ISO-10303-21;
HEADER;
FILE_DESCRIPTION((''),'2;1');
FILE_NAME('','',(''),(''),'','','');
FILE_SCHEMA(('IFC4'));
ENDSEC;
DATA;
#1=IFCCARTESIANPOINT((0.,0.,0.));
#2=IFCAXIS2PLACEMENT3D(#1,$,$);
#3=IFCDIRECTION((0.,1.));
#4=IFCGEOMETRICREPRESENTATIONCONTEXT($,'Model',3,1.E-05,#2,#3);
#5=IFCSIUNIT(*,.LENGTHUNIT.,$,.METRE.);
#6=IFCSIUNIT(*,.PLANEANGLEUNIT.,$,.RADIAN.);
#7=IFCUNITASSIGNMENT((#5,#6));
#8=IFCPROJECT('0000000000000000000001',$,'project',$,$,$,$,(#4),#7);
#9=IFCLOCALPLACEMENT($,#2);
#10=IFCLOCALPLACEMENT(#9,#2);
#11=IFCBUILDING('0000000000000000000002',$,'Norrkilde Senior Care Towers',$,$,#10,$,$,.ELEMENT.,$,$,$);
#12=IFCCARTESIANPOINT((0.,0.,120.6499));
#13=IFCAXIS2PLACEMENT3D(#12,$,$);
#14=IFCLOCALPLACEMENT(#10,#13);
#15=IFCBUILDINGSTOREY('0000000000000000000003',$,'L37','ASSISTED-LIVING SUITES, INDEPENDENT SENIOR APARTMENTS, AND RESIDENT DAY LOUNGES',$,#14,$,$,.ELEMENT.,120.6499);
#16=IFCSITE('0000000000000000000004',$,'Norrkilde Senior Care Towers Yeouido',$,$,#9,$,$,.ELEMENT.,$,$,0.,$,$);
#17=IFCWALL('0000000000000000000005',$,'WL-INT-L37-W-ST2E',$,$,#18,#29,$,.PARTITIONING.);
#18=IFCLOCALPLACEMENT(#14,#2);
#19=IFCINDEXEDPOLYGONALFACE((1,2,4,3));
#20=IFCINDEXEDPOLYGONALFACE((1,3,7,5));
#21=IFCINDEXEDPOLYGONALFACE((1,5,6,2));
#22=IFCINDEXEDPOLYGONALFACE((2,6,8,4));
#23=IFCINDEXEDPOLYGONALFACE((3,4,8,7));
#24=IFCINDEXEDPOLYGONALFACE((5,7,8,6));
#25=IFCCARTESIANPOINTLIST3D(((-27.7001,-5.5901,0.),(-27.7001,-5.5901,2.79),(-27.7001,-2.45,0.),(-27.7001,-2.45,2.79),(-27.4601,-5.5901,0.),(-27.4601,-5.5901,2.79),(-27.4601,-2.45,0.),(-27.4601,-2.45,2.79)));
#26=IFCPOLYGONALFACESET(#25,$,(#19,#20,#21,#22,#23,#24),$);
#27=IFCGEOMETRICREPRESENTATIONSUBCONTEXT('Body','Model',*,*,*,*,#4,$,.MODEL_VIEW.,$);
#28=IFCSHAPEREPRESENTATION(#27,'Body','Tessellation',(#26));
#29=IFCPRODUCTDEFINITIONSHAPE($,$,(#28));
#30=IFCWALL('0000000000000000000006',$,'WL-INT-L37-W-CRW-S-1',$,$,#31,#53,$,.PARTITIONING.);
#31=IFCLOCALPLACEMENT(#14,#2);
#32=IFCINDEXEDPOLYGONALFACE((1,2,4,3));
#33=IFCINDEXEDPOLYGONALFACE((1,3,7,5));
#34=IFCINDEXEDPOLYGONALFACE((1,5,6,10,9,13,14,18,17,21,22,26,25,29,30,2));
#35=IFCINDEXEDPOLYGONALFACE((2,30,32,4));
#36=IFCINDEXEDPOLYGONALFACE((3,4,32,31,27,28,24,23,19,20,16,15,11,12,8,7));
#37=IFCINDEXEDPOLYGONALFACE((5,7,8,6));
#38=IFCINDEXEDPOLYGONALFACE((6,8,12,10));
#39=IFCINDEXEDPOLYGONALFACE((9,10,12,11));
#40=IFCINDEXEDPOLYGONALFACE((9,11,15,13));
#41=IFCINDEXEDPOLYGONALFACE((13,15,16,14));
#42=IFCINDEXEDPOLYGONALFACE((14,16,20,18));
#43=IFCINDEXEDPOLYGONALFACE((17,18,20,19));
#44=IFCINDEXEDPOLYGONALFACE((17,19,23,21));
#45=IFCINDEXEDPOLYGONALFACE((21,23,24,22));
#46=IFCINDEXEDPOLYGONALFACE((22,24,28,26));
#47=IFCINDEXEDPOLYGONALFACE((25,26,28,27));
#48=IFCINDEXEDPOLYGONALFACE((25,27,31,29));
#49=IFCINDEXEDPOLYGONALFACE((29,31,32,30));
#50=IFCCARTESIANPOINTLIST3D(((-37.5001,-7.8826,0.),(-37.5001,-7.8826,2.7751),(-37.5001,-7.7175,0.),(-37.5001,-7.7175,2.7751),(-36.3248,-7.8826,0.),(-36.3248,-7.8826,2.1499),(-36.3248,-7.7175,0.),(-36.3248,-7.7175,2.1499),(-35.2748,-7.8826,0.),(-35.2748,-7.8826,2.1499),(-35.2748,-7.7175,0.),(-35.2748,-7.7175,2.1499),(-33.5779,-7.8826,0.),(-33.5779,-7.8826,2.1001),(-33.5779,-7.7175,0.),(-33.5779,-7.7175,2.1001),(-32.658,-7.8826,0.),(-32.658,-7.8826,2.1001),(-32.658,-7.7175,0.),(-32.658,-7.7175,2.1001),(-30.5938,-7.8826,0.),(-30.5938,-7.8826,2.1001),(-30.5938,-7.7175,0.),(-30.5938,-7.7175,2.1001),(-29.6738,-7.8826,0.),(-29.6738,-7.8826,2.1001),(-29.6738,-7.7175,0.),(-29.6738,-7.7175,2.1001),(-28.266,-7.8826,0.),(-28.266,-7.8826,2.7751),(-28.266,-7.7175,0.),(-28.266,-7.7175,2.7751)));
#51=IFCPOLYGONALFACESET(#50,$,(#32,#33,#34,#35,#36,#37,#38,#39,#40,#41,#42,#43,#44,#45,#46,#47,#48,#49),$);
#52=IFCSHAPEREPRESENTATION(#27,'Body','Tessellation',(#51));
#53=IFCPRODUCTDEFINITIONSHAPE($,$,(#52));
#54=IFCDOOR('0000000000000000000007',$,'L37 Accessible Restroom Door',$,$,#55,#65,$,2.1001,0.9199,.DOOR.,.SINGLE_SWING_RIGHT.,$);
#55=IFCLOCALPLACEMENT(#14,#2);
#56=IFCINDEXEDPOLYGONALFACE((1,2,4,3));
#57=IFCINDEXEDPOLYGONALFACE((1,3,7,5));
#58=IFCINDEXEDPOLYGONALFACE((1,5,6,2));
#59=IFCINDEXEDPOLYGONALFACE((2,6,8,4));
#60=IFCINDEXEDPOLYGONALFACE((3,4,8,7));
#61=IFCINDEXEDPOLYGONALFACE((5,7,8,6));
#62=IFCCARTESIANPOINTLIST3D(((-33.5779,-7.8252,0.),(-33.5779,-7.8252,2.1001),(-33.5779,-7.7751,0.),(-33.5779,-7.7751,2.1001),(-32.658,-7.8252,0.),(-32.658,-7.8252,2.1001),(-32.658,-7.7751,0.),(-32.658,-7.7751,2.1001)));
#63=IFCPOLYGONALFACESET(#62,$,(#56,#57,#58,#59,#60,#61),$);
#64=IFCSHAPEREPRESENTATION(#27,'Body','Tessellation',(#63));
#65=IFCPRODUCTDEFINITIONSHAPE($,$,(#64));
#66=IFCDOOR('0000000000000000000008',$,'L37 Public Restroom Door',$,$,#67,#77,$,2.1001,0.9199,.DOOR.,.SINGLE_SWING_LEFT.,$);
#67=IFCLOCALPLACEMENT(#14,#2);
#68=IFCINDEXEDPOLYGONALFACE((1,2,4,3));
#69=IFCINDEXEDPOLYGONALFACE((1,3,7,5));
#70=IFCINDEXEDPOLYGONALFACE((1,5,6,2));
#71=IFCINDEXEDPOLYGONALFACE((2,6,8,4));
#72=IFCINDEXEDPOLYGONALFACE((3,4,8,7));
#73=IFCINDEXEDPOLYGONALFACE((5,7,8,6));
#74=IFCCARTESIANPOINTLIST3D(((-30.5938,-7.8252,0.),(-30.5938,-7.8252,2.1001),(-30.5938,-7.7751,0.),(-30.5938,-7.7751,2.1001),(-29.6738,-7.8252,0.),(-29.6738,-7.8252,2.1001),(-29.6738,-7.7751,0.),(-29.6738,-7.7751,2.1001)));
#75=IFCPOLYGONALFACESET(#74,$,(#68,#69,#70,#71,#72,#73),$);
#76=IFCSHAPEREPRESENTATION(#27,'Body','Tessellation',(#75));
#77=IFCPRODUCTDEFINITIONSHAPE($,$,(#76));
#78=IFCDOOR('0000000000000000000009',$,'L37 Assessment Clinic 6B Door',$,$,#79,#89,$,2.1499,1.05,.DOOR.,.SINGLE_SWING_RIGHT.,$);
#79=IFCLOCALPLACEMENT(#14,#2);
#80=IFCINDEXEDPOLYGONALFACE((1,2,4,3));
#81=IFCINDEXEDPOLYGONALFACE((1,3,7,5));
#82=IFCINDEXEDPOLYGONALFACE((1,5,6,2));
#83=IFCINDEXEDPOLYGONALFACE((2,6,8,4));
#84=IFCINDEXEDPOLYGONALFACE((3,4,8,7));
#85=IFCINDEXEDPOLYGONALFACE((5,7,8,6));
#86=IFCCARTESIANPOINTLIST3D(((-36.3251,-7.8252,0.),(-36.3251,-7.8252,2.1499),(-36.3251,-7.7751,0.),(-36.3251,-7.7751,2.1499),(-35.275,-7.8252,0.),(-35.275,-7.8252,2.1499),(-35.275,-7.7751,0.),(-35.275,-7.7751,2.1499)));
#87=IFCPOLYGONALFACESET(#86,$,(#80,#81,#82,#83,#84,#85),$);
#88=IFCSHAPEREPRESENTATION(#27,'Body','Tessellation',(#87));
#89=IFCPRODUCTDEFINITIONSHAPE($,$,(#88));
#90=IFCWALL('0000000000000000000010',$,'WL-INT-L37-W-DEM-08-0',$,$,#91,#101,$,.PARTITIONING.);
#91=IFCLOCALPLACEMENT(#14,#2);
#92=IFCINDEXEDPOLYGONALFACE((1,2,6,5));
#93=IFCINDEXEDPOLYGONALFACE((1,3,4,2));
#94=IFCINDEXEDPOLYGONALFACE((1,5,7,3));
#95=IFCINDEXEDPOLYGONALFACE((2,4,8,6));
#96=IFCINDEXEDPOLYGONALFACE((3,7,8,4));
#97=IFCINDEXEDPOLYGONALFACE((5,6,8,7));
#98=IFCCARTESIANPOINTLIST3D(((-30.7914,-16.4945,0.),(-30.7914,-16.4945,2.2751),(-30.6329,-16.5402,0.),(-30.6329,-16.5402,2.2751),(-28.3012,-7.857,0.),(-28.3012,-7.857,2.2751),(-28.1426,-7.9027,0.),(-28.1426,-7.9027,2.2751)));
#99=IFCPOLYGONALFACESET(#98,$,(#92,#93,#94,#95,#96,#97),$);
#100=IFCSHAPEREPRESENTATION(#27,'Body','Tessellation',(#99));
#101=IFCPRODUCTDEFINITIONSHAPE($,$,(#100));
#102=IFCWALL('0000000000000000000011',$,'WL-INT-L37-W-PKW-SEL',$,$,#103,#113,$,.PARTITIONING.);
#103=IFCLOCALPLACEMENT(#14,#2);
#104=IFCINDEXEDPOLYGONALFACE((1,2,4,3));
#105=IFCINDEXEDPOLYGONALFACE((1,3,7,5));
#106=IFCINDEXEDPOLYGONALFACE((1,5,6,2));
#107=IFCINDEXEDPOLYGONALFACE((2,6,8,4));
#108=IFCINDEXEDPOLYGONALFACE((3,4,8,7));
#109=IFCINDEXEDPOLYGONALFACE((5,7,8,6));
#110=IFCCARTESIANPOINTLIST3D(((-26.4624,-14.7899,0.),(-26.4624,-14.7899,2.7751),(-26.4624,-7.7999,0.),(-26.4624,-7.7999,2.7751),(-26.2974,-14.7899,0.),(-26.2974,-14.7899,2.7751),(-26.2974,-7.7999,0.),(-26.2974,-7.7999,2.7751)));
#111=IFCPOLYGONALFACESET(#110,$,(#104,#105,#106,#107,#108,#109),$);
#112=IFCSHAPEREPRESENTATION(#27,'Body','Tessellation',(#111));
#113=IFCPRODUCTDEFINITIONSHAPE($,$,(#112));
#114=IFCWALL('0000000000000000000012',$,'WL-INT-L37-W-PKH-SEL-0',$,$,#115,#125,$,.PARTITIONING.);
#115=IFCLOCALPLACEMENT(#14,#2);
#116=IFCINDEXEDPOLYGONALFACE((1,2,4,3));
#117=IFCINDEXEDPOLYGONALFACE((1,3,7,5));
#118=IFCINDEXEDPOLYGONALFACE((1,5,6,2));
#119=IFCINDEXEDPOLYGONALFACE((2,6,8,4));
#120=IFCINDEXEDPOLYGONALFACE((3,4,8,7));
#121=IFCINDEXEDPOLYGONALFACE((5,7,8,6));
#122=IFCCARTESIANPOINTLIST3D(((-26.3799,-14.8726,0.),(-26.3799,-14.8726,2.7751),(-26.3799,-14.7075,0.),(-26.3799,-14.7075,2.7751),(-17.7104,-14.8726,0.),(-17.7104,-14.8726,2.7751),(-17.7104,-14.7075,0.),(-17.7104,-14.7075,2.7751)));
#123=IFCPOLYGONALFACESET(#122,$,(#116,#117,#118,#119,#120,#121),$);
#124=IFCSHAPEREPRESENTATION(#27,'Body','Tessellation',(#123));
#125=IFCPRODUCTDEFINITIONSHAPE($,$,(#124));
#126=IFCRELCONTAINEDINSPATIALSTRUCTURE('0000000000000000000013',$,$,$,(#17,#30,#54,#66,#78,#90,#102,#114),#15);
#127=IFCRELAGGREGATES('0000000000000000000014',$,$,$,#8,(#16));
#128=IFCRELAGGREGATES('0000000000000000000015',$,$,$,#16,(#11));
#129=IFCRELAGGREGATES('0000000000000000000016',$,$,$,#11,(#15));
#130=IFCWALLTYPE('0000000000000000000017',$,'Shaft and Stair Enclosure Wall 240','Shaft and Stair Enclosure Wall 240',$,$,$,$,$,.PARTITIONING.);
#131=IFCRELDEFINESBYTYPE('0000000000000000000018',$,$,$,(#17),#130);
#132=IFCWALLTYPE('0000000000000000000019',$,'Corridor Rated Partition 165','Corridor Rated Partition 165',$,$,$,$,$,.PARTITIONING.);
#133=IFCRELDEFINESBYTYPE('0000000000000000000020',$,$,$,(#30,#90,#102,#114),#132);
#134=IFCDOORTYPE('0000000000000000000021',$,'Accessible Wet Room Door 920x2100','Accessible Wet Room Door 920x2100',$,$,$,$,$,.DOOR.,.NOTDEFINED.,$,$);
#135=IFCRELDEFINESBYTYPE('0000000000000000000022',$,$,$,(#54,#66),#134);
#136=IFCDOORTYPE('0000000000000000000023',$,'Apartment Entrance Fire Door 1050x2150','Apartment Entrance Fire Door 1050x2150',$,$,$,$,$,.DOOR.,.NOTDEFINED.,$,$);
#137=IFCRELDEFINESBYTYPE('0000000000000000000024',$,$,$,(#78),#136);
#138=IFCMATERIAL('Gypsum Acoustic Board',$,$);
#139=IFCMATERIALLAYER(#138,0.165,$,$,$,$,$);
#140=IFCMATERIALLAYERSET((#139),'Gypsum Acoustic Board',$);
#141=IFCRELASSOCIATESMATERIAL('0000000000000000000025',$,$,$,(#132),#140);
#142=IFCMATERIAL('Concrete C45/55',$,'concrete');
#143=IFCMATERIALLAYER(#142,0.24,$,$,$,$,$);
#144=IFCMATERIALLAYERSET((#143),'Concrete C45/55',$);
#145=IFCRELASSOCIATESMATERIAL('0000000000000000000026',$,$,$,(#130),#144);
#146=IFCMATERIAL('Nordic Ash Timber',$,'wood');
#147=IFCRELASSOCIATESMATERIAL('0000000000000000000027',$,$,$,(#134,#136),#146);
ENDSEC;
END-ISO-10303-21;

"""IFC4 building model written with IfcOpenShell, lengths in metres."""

from ifc_helpers import new_model, si_unit, direction, frame, frame_2d, origin, place, context, subcontext, project, spatial, rectangle, extrude, source, transform, mapped, material, layer, layer_set, type_object, type_shapes, element, fill, save


model = new_model("IFC4")

# Units and contexts
model_context = context("Model", 3, precision=1e-05, world=origin(), true_north=direction((0.0, 1.0)))
body_context = subcontext(model_context, "Body", "Model", "MODEL_VIEW")
ifc_project = project(units=[si_unit("LENGTHUNIT", "METRE"), si_unit("PLANEANGLEUNIT", "RADIAN")], contexts=[model_context])

# Site, building, storey
site_placement = place(None, origin())
site = spatial("IfcSite", under=ifc_project, at=site_placement, Name="Norrkilde Senior Care Towers Yeouido", CompositionType="ELEMENT", RefElevation=0.0)
building_placement = place(site_placement, origin())
building = spatial("IfcBuilding", under=site, at=building_placement, Name="Norrkilde Senior Care Towers", CompositionType="ELEMENT")
storey_placement = place(building_placement, frame((0.0, 0.0, 120.6499)))
storey = spatial("IfcBuildingStorey", under=building, at=storey_placement, Name="L37", Description="ASSISTED-LIVING SUITES, INDEPENDENT SENIOR APARTMENTS, AND RESIDENT DAY LOUNGES", CompositionType="ELEMENT", Elevation=120.6499)

# Shared definitions
ifc_material_1 = material(Name="Concrete C45/55", Category="concrete")

# Shared definitions
ifc_material_2 = material(Name="Gypsum Acoustic Board")
ifc_layer_1 = layer(ifc_material_2, 0.165)
ifc_layer_set_1 = layer_set([ifc_layer_1], Name="Gypsum Acoustic Board")
wall_type_1 = type_object("IfcWallType", Name="Corridor Rated Partition 165", Description="Corridor Rated Partition 165", PredefinedType="PARTITIONING", material=ifc_layer_set_1)

# Wall
ifc_layer_2 = layer(ifc_material_1, 0.24)
ifc_layer_set_2 = layer_set([ifc_layer_2], Name="Concrete C45/55")
wall_type_2 = type_object("IfcWallType", Name="Shaft and Stair Enclosure Wall 240", Description="Shaft and Stair Enclosure Wall 240", PredefinedType="PARTITIONING", material=ifc_layer_set_2)
shared_shape_1 = source(origin(), body_context, "Body", "SweptSolid", [
    extrude(rectangle(XDim=3.1401, YDim=0.24, at=frame_2d((1.5701, 0.0))), origin(), (0.0, 0.0, 1.0), 2.79),
])
type_shapes(wall_type_2, [shared_shape_1])
wall_1_placement = place(storey_placement, frame((-27.5801, -5.5901, 0.0), z_axis=(0.0, 0.0, 1.0), x_axis=(0.0, 1.0, 0.0)))
element("IfcWall", 1, at=wall_1_placement, inside=storey, type_object=wall_type_2, Name="WL-INT-L37-W-ST2E", PredefinedType="PARTITIONING", context=body_context, shape_type="MappedRepresentation", body=[
    mapped(shared_shape_1, transform((0.0, 0.0, 0.0), x_axis=(1.0, 0.0, 0.0), y_axis=(0.0, 1.0, 0.0), z_axis=(0.0, 0.0, 1.0), scale=1.0)),
])

# Wall, openings, doors
shared_shape_2 = source(origin(), body_context, "Body", "SweptSolid", [
    extrude(rectangle(XDim=9.2341, YDim=0.165, at=frame_2d((4.6172, 0.0))), origin(), (0.0, 0.0, 1.0), 2.7751),
])
wall_2_placement = place(storey_placement, frame((-28.2659, -7.8, 0.0), z_axis=(0.0, 0.0, 1.0), x_axis=(-1.0, 0.0, 0.0)))
wall_2 = element("IfcWall", 2, at=wall_2_placement, inside=storey, type_object=wall_type_1, Name="WL-INT-L37-W-CRW-S-1", PredefinedType="PARTITIONING", context=body_context, shape_type="MappedRepresentation", body=[
    mapped(shared_shape_2, transform((0.0, 0.0, 0.0), x_axis=(1.0, 0.0, 0.0), y_axis=(0.0, 1.0, 0.0), z_axis=(0.0, 0.0, 1.0), scale=1.0)),
])
opening_1_placement = place(wall_2_placement, frame((7.009, 0.0, 0.0)))
opening_1 = element("IfcOpeningElement", 3, at=opening_1_placement, cuts=wall_2, PredefinedType="OPENING", context=body_context, shape_type="SweptSolid", body=[
    extrude(rectangle(XDim=1.05, YDim=2.1499, at=frame_2d((0.5249, 1.075))), frame((0.0, 0.0925, 0.0), z_axis=(0.0, -1.0, 0.0), x_axis=(1.0, 0.0, 0.0)), (0.0, 0.0, 1.0), 0.1851),
])
opening_2_placement = place(wall_2_placement, frame((4.3921, 0.0, 0.0)))
opening_2 = element("IfcOpeningElement", 4, at=opening_2_placement, cuts=wall_2, PredefinedType="OPENING", context=body_context, shape_type="SweptSolid", body=[
    extrude(rectangle(XDim=0.9199, YDim=2.1001, at=frame_2d((0.46, 1.05))), frame((0.0, 0.0925, 0.0), z_axis=(0.0, -1.0, 0.0), x_axis=(1.0, 0.0, 0.0)), (0.0, 0.0, 1.0), 0.1851),
])
opening_3_placement = place(wall_2_placement, frame((1.408, 0.0, 0.0)))
opening_3 = element("IfcOpeningElement", 5, at=opening_3_placement, cuts=wall_2, PredefinedType="OPENING", context=body_context, shape_type="SweptSolid", body=[
    extrude(rectangle(XDim=0.9199, YDim=2.1001, at=frame_2d((0.46, 1.05))), frame((0.0, 0.0925, 0.0), z_axis=(0.0, -1.0, 0.0), x_axis=(1.0, 0.0, 0.0)), (0.0, 0.0, 1.0), 0.1851),
])
ifc_material_3 = material(Name="Nordic Ash Timber", Category="wood")
door_type_1 = type_object("IfcDoorType", Name="Accessible Wet Room Door 920x2100", Description="Accessible Wet Room Door 920x2100", OperationType="NOTDEFINED", PredefinedType="DOOR", material=ifc_material_3)
shared_shape_3 = source(origin(), body_context, "Body", "SweptSolid", [
    extrude(rectangle(XDim=0.9199, YDim=2.1001, at=frame_2d((0.46, 1.05))), frame((0.0, 0.0249, 0.0), z_axis=(0.0, -1.0, 0.0), x_axis=(1.0, 0.0, 0.0)), (0.0, 0.0, 1.0), 0.05),
])
type_shapes(door_type_1, [shared_shape_3])
door_1_placement = place(opening_2_placement, frame((0.9199, 0.0, 0.0), z_axis=(0.0, 0.0, 1.0), x_axis=(-1.0, 0.0, 0.0)))
door_1 = element("IfcDoor", 6, at=door_1_placement, inside=storey, type_object=door_type_1, Name="L37 Accessible Restroom Door", OperationType="SINGLE_SWING_RIGHT", OverallHeight=2.1001, OverallWidth=0.9199, PredefinedType="DOOR", context=body_context, shape_type="MappedRepresentation", body=[
    mapped(shared_shape_3, transform((0.0, 0.0, 0.0), x_axis=(1.0, 0.0, 0.0), y_axis=(0.0, 1.0, 0.0), z_axis=(0.0, 0.0, 1.0), scale=1.0)),
])
fill(opening_2, door_1)
door_2_placement = place(opening_3_placement, frame((0.9199, 0.0, 0.0), z_axis=(0.0, 0.0, 1.0), x_axis=(-1.0, 0.0, 0.0)))
door_2 = element("IfcDoor", 7, at=door_2_placement, inside=storey, type_object=door_type_1, Name="L37 Public Restroom Door", OperationType="SINGLE_SWING_LEFT", OverallHeight=2.1001, OverallWidth=0.9199, PredefinedType="DOOR", context=body_context, shape_type="MappedRepresentation", body=[
    mapped(shared_shape_3, transform((0.0, 0.0, 0.0), x_axis=(1.0, 0.0, 0.0), y_axis=(0.0, 1.0, 0.0), z_axis=(0.0, 0.0, 1.0), scale=1.0)),
])
fill(opening_3, door_2)
door_type_2 = type_object("IfcDoorType", Name="Apartment Entrance Fire Door 1050x2150", Description="Apartment Entrance Fire Door 1050x2150", OperationType="NOTDEFINED", PredefinedType="DOOR", material=ifc_material_3)
shared_shape_4 = source(origin(), body_context, "Body", "SweptSolid", [
    extrude(rectangle(XDim=1.05, YDim=2.1499, at=frame_2d((0.5249, 1.075))), frame((0.0, 0.0249, 0.0), z_axis=(0.0, -1.0, 0.0), x_axis=(1.0, 0.0, 0.0)), (0.0, 0.0, 1.0), 0.05),
])
type_shapes(door_type_2, [shared_shape_4])
door_3_placement = place(opening_1_placement, frame((1.05, 0.0, 0.0), z_axis=(0.0, 0.0, 1.0), x_axis=(-1.0, 0.0, 0.0)))
door_3 = element("IfcDoor", 8, at=door_3_placement, inside=storey, type_object=door_type_2, Name="L37 Assessment Clinic 6B Door", OperationType="SINGLE_SWING_RIGHT", OverallHeight=2.1499, OverallWidth=1.05, PredefinedType="DOOR", context=body_context, shape_type="MappedRepresentation", body=[
    mapped(shared_shape_4, transform((0.0, 0.0, 0.0), x_axis=(1.0, 0.0, 0.0), y_axis=(0.0, 1.0, 0.0), z_axis=(0.0, 0.0, 1.0), scale=1.0)),
])
fill(opening_1, door_3)

# Walls
shared_shape_5 = source(origin(), body_context, "Body", "SweptSolid", [
    extrude(rectangle(XDim=8.9893, YDim=0.165, at=frame_2d((4.4946, 0.0))), origin(), (0.0, 0.0, 1.0), 2.2751),
])
wall_3_placement = place(storey_placement, frame((-28.2219, -7.8799, 0.0), z_axis=(0.0, 0.0, 1.0), x_axis=(-0.277023, -0.960863, 0.0)))
element("IfcWall", 9, at=wall_3_placement, inside=storey, type_object=wall_type_1, Name="WL-INT-L37-W-DEM-08-0", PredefinedType="PARTITIONING", context=body_context, shape_type="MappedRepresentation", body=[
    mapped(shared_shape_5, transform((0.0, 0.0, 0.0), x_axis=(1.0, 0.0, 0.0), y_axis=(0.0, 1.0, 0.0), z_axis=(0.0, 0.0, 1.0), scale=1.0)),
])
shared_shape_6 = source(origin(), body_context, "Body", "SweptSolid", [
    extrude(rectangle(XDim=6.99, YDim=0.165, at=frame_2d((3.4951, 0.0))), origin(), (0.0, 0.0, 1.0), 2.7751),
])
wall_4_placement = place(storey_placement, frame((-26.3799, -14.79, 0.0), z_axis=(0.0, 0.0, 1.0), x_axis=(0.0, 1.0, 0.0)))
element("IfcWall", 10, at=wall_4_placement, inside=storey, type_object=wall_type_1, Name="WL-INT-L37-W-PKW-SEL", PredefinedType="PARTITIONING", context=body_context, shape_type="MappedRepresentation", body=[
    mapped(shared_shape_6, transform((0.0, 0.0, 0.0), x_axis=(1.0, 0.0, 0.0), y_axis=(0.0, 1.0, 0.0), z_axis=(0.0, 0.0, 1.0), scale=1.0)),
])
shared_shape_7 = source(origin(), body_context, "Body", "SweptSolid", [
    extrude(rectangle(XDim=8.6694, YDim=0.165, at=frame_2d((4.3347, 0.0))), origin(), (0.0, 0.0, 1.0), 2.7751),
])
wall_5_placement = place(storey_placement, frame((-26.3799, -14.79, 0.0), z_axis=(0.0, 0.0, 1.0), x_axis=(1.0, 0.0, 0.0)))
element("IfcWall", 11, at=wall_5_placement, inside=storey, type_object=wall_type_1, Name="WL-INT-L37-W-PKH-SEL-0", PredefinedType="PARTITIONING", context=body_context, shape_type="MappedRepresentation", body=[
    mapped(shared_shape_7, transform((0.0, 0.0, 0.0), x_axis=(1.0, 0.0, 0.0), y_axis=(0.0, 1.0, 0.0), z_axis=(0.0, 0.0, 1.0), scale=1.0)),
])

save(model, "model.ifc")
